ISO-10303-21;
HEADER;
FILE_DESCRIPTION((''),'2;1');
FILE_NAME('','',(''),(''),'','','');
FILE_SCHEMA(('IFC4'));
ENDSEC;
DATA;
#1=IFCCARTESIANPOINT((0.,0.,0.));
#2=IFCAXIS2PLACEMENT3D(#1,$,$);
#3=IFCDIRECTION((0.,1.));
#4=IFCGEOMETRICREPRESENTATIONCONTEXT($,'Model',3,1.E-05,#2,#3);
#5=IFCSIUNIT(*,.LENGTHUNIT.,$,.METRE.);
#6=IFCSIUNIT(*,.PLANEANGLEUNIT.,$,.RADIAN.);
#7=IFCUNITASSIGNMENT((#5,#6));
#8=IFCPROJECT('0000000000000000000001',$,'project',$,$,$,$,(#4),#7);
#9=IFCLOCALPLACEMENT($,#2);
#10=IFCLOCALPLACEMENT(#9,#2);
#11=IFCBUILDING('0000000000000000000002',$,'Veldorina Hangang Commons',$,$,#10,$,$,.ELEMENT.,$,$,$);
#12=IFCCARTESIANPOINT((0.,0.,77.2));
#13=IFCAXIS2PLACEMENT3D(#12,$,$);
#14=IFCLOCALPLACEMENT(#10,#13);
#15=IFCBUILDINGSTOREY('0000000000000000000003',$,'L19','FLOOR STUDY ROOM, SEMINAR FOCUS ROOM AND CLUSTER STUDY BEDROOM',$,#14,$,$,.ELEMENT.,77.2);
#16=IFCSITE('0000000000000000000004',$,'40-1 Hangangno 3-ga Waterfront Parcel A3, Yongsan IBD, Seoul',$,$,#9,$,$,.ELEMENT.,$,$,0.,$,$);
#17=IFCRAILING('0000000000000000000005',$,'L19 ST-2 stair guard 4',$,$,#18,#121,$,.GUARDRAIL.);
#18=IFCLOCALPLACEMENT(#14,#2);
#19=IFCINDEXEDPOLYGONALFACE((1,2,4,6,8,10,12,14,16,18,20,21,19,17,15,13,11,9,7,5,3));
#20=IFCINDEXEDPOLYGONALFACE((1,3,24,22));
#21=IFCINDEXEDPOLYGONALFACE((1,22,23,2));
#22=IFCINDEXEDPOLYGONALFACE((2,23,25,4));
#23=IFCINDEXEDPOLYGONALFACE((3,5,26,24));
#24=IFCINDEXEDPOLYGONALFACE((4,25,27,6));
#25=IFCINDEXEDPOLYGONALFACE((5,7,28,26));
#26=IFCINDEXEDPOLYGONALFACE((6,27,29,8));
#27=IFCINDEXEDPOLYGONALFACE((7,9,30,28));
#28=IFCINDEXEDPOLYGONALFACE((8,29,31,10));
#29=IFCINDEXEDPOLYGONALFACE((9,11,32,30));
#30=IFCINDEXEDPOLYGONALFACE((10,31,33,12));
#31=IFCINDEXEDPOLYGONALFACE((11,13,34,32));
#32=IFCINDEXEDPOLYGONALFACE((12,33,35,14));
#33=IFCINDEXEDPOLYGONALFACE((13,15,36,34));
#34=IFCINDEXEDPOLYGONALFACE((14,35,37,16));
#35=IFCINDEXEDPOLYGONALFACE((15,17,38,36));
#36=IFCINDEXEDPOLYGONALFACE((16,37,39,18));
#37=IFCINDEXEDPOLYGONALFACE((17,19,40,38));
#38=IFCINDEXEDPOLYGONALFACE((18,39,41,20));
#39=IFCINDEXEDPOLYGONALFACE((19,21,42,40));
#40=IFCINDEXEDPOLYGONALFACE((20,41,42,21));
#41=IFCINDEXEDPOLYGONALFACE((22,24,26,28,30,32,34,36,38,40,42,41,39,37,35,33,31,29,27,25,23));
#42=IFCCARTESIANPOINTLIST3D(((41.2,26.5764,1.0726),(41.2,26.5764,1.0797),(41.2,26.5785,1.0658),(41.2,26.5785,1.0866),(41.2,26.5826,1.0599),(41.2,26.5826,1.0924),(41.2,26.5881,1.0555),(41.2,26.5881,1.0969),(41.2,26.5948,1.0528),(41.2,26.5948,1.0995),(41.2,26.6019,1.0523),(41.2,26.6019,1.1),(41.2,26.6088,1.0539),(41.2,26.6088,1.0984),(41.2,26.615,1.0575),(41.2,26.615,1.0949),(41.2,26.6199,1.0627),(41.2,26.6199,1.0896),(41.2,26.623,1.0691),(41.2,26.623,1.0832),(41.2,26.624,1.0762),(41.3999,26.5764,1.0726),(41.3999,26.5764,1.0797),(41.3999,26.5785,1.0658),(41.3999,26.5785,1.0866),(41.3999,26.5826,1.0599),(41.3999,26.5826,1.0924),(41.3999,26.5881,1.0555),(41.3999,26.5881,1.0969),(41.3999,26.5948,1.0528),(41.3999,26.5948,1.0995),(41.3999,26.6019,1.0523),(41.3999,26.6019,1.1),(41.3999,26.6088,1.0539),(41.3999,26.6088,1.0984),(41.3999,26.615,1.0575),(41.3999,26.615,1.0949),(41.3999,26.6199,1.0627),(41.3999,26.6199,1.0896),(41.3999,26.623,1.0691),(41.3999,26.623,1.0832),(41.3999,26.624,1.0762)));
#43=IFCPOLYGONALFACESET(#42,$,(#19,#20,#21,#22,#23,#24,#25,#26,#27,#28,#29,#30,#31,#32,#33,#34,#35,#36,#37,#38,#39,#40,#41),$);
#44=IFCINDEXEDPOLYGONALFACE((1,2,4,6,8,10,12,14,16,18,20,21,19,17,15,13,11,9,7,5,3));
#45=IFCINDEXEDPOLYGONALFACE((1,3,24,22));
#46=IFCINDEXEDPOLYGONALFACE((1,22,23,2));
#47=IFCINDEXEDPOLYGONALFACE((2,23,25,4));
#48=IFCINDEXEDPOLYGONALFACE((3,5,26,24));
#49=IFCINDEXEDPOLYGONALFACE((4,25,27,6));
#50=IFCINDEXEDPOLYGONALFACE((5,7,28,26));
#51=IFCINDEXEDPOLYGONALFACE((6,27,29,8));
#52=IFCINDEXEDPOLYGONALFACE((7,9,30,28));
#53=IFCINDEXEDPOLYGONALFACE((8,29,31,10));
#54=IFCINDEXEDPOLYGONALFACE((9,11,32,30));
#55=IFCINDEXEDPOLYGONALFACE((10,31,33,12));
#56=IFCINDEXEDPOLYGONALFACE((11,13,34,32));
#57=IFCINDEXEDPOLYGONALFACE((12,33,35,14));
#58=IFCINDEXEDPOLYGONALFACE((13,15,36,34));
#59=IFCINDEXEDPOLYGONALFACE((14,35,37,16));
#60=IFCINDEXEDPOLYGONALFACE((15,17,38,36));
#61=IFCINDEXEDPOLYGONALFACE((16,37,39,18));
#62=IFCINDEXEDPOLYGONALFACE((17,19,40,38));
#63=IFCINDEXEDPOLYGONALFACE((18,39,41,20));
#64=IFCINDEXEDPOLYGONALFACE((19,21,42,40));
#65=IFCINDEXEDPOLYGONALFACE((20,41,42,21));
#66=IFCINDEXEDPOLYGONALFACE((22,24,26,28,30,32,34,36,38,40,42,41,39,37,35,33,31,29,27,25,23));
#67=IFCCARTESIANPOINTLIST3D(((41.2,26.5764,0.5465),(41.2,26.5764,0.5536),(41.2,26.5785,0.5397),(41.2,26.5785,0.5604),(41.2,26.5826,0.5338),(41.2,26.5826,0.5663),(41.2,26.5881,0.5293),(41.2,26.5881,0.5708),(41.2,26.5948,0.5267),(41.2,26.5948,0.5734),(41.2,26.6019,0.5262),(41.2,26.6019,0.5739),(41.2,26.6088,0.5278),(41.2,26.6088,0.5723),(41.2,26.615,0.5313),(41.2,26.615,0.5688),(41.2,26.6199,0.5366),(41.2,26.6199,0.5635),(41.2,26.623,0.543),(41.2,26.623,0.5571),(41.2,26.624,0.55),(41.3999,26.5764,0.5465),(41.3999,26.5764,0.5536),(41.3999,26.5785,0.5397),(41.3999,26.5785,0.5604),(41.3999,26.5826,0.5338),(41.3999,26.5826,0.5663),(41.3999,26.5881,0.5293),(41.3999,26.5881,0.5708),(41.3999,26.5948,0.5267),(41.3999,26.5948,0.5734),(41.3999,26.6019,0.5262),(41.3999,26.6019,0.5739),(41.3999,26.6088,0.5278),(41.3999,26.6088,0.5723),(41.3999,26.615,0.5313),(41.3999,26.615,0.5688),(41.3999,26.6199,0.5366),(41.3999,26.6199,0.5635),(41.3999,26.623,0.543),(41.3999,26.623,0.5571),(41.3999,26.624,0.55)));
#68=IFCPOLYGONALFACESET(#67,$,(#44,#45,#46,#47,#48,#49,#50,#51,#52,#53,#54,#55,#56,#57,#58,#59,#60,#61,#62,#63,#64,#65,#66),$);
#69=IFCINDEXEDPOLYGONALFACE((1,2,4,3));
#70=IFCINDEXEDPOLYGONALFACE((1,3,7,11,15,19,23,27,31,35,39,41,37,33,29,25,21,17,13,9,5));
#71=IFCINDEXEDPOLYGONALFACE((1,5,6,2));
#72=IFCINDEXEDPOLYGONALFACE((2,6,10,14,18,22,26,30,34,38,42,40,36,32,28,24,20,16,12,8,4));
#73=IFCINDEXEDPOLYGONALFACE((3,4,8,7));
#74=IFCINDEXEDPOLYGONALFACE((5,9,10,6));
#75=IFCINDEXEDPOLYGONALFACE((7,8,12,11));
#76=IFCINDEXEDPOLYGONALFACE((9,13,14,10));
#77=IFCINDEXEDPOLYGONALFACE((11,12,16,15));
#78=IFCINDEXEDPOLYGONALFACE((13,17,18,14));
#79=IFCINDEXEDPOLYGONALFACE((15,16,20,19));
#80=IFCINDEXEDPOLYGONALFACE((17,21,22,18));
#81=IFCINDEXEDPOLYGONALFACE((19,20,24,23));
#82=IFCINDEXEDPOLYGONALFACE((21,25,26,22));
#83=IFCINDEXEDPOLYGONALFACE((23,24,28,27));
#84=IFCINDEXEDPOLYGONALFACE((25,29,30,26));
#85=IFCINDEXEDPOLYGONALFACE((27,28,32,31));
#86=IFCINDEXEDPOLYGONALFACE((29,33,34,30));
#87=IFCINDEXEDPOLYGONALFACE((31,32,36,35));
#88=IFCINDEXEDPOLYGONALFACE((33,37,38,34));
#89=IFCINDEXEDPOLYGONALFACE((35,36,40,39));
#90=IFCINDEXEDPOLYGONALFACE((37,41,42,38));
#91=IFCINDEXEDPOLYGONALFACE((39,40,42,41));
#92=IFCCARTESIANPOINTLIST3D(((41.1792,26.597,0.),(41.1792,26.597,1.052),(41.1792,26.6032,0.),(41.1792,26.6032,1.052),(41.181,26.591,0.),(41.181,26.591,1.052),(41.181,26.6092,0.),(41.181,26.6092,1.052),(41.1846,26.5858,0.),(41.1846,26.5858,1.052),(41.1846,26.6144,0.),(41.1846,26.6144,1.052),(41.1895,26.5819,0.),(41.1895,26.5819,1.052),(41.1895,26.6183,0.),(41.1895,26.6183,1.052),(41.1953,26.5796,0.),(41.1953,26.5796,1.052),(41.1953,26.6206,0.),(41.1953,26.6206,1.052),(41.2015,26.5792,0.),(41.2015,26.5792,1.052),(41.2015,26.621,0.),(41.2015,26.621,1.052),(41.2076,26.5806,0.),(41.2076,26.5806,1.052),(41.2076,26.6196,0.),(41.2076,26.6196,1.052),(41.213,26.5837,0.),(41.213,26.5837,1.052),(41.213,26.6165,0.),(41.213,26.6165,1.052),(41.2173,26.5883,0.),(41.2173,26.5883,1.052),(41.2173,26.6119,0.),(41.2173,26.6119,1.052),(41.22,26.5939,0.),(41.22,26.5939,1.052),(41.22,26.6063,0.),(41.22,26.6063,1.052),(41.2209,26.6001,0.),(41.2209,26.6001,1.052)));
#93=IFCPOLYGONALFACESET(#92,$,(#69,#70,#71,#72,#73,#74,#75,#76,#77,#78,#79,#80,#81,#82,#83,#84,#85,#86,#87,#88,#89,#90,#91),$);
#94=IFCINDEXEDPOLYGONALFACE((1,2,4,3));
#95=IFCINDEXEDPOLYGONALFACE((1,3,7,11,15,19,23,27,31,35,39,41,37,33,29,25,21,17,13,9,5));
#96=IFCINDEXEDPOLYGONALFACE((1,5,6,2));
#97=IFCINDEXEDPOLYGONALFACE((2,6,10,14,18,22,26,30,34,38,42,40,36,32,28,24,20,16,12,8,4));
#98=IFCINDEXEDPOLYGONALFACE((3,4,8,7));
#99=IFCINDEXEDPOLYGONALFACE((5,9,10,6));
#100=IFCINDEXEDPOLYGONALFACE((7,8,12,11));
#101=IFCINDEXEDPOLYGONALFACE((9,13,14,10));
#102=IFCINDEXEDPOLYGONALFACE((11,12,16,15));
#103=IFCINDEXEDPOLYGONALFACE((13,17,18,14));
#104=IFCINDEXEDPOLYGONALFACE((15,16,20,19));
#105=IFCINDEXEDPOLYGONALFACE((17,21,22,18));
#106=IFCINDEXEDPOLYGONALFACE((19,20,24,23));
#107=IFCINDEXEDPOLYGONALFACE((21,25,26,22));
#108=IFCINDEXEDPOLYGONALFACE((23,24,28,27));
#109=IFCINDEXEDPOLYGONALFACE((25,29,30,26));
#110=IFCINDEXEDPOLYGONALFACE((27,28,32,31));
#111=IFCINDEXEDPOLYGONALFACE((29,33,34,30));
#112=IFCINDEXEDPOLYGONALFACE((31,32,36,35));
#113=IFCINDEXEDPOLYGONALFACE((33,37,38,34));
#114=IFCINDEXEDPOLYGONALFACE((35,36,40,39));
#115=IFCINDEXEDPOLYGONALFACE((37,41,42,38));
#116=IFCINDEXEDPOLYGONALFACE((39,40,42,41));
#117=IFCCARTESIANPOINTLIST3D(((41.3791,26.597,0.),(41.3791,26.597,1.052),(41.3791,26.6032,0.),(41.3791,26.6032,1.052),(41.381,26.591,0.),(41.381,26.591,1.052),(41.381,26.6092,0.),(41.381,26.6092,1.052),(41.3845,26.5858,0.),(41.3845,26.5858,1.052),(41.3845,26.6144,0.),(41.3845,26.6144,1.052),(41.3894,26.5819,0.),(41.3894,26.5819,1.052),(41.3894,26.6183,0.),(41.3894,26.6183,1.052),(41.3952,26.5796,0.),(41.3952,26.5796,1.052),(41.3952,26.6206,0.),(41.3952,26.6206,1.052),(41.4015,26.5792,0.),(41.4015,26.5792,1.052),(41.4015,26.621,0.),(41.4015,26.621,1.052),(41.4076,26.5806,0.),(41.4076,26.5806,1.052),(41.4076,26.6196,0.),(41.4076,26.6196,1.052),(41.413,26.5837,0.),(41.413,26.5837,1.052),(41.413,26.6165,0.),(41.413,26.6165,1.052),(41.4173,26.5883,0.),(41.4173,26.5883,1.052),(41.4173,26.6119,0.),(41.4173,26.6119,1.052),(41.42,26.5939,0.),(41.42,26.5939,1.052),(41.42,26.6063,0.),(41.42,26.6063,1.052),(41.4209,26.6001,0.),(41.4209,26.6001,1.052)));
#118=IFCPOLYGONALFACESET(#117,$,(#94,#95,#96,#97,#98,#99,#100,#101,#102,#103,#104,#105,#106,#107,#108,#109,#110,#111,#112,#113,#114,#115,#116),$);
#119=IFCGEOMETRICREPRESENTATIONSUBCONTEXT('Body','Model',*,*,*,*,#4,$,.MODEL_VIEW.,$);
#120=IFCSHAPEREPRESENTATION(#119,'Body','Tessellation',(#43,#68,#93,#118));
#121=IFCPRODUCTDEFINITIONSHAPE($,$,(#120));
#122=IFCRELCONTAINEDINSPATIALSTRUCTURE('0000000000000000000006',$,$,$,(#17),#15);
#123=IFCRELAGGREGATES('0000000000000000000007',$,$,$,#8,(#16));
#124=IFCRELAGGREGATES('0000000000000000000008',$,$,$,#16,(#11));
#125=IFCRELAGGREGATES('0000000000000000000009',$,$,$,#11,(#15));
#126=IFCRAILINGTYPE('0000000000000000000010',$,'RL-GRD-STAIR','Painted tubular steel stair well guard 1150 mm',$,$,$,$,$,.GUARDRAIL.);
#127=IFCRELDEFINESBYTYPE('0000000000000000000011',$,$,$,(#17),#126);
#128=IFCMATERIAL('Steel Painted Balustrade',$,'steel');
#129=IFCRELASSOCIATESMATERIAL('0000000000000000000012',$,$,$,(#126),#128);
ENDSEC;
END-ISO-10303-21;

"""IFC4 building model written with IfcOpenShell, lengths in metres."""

from ifc_helpers import new_model, si_unit, direction, frame, origin, origin_2d, place, context, subcontext, project, spatial, circle, extrude, material, type_object, element, save


model = new_model("IFC4")

# Units and contexts
model_context = context("Model", 3, precision=1e-05, world=origin(), true_north=direction((0.0, 1.0)))
body_context = subcontext(model_context, "Body", "Model", "MODEL_VIEW")
ifc_project = project(units=[si_unit("LENGTHUNIT", "METRE"), si_unit("PLANEANGLEUNIT", "RADIAN")], contexts=[model_context])

# Site, building, storey
site_placement = place(None, origin())
site = spatial("IfcSite", under=ifc_project, at=site_placement, Name="40-1 Hangangno 3-ga Waterfront Parcel A3, Yongsan IBD, Seoul", CompositionType="ELEMENT", RefElevation=0.0)
building_placement = place(site_placement, origin())
building = spatial("IfcBuilding", under=site, at=building_placement, Name="Veldorina Hangang Commons", CompositionType="ELEMENT")
storey_placement = place(building_placement, frame((0.0, 0.0, 77.2)))
storey = spatial("IfcBuildingStorey", under=building, at=storey_placement, Name="L19", Description="FLOOR STUDY ROOM, SEMINAR FOCUS ROOM AND CLUSTER STUDY BEDROOM", CompositionType="ELEMENT", Elevation=77.2)

# Railing
ifc_material_1 = material(Name="Steel Painted Balustrade", Category="steel")
railing_type_1 = type_object("IfcRailingType", Name="RL-GRD-STAIR", Description="Painted tubular steel stair well guard 1150 mm", PredefinedType="GUARDRAIL", material=ifc_material_1)
railing_1_placement = place(storey_placement, frame((41.2, 26.6001, 0.0)))
element("IfcRailing", 1, at=railing_1_placement, inside=storey, type_object=railing_type_1, Name="L19 ST-2 stair guard 4", PredefinedType="GUARDRAIL", context=body_context, shape_type="SweptSolid", body=[
    extrude(circle(Radius=0.0239, at=origin_2d()), frame((0.0, 0.0, 1.0762), z_axis=(1.0, 0.0, 0.0), x_axis=(0.0, 1.0, 0.0)), (0.0, 0.0, 1.0), 0.2),
    extrude(circle(Radius=0.0239, at=origin_2d()), frame((0.0, 0.0, 0.55), z_axis=(1.0, 0.0, 0.0), x_axis=(0.0, 1.0, 0.0)), (0.0, 0.0, 1.0), 0.2),
    extrude(circle(Radius=0.021, at=origin_2d()), origin(), (0.0, 0.0, 1.0), 1.052),
    extrude(circle(Radius=0.021, at=origin_2d()), frame((0.2, 0.0, 0.0)), (0.0, 0.0, 1.0), 1.052),
])

save(model, "model.ifc")
